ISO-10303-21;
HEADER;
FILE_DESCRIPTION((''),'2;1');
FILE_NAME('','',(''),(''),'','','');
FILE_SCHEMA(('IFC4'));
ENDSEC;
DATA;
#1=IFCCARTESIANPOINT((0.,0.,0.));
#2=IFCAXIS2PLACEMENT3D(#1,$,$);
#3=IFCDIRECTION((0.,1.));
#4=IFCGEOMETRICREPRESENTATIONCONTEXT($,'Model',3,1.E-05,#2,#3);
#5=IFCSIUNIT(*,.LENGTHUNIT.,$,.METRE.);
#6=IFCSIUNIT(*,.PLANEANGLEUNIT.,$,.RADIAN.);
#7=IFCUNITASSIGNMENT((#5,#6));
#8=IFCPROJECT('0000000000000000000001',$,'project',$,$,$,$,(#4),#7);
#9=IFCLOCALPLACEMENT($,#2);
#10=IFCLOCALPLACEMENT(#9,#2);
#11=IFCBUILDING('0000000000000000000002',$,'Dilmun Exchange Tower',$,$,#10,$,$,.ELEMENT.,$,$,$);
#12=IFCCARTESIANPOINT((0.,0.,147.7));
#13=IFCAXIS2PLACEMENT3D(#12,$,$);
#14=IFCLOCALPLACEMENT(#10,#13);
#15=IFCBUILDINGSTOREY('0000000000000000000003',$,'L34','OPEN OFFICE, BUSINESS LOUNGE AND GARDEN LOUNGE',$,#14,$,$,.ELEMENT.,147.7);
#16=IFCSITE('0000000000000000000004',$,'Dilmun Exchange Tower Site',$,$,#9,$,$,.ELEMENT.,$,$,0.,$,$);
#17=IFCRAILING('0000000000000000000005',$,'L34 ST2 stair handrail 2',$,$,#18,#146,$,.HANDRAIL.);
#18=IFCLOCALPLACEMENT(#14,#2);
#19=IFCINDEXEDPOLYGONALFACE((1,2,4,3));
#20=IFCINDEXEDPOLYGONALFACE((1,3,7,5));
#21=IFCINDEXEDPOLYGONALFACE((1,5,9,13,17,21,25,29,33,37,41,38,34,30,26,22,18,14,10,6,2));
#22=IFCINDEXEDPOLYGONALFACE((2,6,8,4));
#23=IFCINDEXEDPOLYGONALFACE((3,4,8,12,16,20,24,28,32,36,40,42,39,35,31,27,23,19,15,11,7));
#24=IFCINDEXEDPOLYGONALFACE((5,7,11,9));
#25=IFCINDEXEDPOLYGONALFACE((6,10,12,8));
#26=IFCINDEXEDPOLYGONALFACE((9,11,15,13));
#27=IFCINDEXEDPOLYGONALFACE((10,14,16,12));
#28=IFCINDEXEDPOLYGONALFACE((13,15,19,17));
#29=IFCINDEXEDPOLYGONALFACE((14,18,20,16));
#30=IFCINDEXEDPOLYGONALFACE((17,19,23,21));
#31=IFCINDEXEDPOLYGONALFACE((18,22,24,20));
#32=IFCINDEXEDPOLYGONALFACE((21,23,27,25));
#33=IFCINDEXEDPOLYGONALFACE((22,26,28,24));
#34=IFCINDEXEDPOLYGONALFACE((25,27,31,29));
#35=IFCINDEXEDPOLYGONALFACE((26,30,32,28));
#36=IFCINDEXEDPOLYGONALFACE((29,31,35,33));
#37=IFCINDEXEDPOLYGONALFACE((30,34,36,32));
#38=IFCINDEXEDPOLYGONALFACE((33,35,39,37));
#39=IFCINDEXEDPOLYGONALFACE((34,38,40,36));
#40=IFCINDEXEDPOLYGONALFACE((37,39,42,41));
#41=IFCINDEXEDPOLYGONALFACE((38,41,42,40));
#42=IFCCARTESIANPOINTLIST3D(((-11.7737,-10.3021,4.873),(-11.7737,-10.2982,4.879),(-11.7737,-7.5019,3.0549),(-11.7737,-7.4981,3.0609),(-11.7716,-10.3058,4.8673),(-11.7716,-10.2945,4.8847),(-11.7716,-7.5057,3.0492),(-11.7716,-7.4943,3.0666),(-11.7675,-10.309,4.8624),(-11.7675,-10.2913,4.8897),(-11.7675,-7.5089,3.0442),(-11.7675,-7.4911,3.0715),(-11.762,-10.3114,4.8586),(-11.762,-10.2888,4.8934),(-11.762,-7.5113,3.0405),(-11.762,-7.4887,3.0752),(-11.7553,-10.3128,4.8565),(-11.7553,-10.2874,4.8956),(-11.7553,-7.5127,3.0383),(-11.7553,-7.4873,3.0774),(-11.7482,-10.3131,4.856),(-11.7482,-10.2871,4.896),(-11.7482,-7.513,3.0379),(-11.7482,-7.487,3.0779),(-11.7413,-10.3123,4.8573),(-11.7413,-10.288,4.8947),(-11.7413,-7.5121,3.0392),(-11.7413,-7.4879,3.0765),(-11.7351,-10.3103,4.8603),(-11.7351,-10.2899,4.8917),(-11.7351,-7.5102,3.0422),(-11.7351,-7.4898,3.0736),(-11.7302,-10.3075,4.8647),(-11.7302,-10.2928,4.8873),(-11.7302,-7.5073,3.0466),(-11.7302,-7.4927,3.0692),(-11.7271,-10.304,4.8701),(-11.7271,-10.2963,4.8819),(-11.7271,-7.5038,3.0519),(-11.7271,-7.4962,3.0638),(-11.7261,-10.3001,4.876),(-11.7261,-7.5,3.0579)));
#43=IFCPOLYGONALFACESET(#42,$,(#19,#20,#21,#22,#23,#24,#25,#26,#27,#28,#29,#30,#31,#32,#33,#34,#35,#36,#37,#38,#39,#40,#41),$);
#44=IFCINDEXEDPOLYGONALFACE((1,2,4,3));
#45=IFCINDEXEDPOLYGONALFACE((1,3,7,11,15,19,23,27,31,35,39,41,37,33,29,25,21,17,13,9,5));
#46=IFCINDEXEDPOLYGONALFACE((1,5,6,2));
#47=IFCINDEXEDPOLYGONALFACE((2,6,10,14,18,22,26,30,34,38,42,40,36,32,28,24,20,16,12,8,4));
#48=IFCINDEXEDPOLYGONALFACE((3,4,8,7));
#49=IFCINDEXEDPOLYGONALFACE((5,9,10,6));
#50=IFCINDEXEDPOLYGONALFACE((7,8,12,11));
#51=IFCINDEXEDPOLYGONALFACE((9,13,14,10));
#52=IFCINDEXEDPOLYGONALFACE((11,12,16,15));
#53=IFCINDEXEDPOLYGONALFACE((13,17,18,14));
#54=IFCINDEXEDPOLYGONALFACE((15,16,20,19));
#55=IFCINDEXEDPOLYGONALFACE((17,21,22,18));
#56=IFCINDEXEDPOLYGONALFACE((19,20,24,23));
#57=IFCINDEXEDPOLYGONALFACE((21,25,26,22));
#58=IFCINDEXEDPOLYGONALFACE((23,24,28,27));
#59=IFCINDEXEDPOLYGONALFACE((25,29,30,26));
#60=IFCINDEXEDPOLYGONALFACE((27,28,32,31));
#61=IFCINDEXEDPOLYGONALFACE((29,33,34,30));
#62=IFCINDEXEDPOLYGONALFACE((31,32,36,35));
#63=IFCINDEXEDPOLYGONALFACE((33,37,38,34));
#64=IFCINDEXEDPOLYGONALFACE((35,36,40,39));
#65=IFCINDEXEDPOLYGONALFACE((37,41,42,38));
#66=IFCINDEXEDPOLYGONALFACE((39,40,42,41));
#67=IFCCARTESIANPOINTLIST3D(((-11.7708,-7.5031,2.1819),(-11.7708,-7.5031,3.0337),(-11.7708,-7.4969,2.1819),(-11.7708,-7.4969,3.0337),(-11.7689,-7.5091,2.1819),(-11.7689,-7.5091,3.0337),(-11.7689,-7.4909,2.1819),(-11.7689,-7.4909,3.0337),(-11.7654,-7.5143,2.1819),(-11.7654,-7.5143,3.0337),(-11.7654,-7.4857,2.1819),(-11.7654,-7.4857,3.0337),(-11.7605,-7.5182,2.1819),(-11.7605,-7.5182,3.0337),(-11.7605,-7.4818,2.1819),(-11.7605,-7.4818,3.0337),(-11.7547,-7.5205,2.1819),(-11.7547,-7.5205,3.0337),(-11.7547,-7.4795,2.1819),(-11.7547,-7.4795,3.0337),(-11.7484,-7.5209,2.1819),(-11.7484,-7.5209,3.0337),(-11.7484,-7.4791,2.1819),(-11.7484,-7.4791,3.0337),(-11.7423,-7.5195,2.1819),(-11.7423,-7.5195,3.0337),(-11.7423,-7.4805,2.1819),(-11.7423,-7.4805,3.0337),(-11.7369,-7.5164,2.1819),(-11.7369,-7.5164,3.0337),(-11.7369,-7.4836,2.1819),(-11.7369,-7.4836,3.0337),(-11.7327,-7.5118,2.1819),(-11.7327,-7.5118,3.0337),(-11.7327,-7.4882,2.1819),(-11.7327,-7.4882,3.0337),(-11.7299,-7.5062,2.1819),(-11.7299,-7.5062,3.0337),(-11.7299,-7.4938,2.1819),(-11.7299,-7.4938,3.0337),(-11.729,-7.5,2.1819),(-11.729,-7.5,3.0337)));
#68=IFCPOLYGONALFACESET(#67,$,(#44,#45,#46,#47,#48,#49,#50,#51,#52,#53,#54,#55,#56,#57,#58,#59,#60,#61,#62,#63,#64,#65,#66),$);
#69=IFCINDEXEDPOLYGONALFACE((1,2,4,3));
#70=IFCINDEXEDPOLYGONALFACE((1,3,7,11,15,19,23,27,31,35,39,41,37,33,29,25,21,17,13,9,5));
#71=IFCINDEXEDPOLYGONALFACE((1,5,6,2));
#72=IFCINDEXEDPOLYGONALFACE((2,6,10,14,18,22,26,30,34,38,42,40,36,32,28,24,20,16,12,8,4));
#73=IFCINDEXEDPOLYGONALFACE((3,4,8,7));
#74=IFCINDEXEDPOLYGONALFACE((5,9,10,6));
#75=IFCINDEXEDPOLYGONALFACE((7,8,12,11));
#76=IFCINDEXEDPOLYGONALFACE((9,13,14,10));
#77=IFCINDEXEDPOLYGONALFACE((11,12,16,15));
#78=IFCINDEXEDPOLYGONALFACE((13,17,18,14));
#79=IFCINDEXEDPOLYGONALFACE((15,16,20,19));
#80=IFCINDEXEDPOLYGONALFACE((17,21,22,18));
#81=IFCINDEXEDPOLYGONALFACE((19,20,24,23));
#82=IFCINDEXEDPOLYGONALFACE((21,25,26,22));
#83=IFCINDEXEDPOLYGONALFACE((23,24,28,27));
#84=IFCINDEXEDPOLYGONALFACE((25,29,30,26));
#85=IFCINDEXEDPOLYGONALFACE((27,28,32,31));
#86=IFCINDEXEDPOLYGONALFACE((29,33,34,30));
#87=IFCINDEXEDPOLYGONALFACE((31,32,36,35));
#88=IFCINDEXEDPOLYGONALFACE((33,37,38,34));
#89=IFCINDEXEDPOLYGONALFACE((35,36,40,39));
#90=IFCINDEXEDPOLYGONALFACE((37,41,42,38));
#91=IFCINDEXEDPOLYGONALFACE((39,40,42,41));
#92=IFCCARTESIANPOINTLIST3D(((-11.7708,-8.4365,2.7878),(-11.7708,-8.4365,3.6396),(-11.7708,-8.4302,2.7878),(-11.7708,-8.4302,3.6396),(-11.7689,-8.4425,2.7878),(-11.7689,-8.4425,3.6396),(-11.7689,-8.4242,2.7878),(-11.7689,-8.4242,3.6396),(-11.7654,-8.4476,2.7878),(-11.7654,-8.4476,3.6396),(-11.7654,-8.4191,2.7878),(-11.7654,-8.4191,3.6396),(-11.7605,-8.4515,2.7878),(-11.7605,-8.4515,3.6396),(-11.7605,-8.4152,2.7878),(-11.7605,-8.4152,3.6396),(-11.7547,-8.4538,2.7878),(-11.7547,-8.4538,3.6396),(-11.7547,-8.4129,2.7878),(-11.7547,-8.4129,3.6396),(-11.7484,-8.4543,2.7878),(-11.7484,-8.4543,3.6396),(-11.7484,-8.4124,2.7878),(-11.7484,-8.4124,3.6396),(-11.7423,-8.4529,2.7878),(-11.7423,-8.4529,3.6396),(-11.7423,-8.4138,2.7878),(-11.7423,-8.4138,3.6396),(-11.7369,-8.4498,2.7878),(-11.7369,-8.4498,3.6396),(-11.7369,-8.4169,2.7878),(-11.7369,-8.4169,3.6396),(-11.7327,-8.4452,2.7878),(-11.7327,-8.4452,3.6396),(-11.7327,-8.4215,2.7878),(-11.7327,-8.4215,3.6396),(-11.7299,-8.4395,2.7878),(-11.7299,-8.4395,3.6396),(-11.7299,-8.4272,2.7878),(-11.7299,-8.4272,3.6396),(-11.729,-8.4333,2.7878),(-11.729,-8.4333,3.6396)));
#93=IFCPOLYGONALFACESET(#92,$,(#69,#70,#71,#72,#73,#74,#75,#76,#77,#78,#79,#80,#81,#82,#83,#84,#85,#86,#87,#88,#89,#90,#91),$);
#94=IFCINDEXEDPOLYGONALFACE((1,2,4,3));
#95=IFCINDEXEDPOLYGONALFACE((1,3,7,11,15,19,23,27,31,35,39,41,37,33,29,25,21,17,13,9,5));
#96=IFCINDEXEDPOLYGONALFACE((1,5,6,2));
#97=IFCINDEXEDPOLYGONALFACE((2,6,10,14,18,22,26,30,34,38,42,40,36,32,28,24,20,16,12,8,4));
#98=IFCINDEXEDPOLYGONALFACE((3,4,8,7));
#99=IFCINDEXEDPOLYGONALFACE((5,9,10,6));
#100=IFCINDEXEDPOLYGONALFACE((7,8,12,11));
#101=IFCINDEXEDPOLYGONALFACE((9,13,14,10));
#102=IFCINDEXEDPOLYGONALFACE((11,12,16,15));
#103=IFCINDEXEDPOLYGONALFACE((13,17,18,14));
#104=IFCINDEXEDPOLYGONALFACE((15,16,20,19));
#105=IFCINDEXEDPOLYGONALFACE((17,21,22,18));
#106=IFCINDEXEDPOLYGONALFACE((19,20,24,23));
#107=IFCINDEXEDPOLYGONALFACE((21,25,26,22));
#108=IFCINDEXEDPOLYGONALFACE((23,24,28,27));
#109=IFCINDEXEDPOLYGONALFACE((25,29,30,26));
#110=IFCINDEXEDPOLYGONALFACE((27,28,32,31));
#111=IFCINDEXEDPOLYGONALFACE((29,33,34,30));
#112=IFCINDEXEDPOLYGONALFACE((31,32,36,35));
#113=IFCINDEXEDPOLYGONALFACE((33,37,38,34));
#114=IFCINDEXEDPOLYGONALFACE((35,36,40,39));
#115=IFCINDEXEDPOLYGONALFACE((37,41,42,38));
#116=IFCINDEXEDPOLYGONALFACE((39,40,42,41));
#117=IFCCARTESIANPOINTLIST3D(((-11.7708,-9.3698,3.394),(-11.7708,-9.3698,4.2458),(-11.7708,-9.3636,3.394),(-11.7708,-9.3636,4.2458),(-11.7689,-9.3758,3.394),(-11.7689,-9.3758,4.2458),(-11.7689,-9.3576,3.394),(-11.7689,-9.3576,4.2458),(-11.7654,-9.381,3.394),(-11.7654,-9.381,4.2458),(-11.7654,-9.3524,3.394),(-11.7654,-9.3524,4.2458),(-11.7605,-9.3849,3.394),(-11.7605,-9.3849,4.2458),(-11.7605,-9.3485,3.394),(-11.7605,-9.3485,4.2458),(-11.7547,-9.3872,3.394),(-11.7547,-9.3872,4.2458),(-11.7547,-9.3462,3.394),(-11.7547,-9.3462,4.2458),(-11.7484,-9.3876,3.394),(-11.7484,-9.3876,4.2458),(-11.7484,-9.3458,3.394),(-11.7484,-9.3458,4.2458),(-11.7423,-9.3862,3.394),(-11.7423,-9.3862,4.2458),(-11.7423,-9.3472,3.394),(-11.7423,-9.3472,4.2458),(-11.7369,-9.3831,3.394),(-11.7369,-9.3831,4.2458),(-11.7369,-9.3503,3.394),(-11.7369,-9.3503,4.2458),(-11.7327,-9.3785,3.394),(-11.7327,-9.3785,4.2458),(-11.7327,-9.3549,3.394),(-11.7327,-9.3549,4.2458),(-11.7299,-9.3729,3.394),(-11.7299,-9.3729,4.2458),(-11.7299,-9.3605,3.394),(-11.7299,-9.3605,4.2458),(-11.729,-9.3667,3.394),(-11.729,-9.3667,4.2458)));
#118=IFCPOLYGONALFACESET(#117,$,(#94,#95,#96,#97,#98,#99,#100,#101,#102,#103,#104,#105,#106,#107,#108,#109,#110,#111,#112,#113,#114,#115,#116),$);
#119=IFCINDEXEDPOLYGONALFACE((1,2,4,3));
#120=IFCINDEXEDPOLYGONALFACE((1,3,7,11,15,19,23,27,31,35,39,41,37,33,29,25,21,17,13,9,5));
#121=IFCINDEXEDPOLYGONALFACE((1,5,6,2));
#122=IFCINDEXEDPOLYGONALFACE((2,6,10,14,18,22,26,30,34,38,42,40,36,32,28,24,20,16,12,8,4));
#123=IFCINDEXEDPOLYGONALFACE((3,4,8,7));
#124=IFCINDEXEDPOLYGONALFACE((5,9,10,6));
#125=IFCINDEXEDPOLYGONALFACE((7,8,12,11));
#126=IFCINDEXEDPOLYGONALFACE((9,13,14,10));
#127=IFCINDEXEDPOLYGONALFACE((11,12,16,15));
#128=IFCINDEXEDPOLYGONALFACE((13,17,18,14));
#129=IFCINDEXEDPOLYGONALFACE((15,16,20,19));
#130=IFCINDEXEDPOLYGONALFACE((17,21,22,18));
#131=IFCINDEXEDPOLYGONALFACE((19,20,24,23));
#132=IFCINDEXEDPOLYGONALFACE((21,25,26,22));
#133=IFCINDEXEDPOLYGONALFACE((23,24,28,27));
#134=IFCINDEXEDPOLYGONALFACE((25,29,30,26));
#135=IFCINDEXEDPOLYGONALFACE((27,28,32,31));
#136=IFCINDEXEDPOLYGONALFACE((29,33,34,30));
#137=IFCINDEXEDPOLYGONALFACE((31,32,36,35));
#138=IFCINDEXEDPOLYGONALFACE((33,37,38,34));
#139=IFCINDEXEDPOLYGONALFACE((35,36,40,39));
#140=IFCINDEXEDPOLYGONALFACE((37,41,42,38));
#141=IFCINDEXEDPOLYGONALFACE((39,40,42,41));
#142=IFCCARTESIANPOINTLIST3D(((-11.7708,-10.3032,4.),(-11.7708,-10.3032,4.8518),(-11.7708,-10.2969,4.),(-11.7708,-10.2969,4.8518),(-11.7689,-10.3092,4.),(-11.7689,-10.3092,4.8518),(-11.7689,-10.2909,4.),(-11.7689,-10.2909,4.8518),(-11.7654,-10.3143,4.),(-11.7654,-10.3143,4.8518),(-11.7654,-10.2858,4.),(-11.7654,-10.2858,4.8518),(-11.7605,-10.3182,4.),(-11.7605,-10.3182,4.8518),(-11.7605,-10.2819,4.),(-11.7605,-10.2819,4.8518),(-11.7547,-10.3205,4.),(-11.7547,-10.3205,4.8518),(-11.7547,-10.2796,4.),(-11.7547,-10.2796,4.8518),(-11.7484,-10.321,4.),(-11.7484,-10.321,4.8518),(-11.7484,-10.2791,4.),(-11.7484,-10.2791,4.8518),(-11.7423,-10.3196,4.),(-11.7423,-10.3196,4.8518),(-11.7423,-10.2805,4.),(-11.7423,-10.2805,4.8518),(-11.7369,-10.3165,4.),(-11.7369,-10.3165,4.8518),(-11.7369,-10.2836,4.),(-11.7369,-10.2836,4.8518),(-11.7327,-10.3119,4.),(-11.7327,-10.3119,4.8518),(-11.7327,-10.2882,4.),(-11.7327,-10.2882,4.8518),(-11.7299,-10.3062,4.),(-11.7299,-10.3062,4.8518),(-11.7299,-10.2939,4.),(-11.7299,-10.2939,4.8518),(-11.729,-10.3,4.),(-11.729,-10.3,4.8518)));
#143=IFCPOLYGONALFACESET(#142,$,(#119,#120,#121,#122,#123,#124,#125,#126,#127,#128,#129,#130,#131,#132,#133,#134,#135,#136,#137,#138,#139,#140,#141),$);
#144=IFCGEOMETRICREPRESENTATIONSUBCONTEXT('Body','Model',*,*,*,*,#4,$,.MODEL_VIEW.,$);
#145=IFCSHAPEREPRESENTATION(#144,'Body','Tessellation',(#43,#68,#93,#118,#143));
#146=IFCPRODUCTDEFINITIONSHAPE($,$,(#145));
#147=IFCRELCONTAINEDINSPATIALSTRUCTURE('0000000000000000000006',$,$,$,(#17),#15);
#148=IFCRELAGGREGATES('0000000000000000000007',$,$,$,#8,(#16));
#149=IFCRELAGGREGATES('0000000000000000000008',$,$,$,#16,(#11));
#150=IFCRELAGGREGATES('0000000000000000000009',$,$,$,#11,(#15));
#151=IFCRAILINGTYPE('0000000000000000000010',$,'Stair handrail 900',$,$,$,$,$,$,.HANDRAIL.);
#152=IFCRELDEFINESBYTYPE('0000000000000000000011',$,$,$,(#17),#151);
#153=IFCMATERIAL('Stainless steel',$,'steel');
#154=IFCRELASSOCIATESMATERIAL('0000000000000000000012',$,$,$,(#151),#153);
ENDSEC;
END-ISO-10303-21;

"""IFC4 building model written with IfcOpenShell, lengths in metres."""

from ifc_helpers import new_model, si_unit, direction, frame, origin, origin_2d, place, context, subcontext, project, spatial, circle, extrude, material, type_object, element, save


model = new_model("IFC4")

# Units and contexts
model_context = context("Model", 3, precision=1e-05, world=origin(), true_north=direction((0.0, 1.0)))
body_context = subcontext(model_context, "Body", "Model", "MODEL_VIEW")
ifc_project = project(units=[si_unit("LENGTHUNIT", "METRE"), si_unit("PLANEANGLEUNIT", "RADIAN")], contexts=[model_context])

# Site, building, storey
site_placement = place(None, origin())
site = spatial("IfcSite", under=ifc_project, at=site_placement, Name="Dilmun Exchange Tower Site", CompositionType="ELEMENT", RefElevation=0.0)
building_placement = place(site_placement, origin())
building = spatial("IfcBuilding", under=site, at=building_placement, Name="Dilmun Exchange Tower", CompositionType="ELEMENT")
storey_placement = place(building_placement, frame((0.0, 0.0, 147.7)))
storey = spatial("IfcBuildingStorey", under=building, at=storey_placement, Name="L34", Description="OPEN OFFICE, BUSINESS LOUNGE AND GARDEN LOUNGE", CompositionType="ELEMENT", Elevation=147.7)

# Railing
ifc_material_1 = material(Name="Stainless steel", Category="steel")
railing_type = type_object("IfcRailingType", Name="Stair handrail 900", PredefinedType="HANDRAIL", material=ifc_material_1)
railing_1_placement = place(storey_placement, frame((-11.75, -7.5, 2.1819)))
element("IfcRailing", 1, at=railing_1_placement, inside=storey, type_object=railing_type, Name="L34 ST2 stair handrail 2", PredefinedType="HANDRAIL", context=body_context, shape_type="SweptSolid", body=[
    extrude(circle(Radius=0.0239, at=origin_2d()), frame((0.0, 0.0, 0.876), z_axis=(0.0, -0.838706, 0.544585), x_axis=(1.0, 0.0, 0.0)), (0.0, 0.0, 1.0), 3.3386),
    extrude(circle(Radius=0.021, at=origin_2d()), origin(), (0.0, 0.0, 1.0), 0.8518),
    extrude(circle(Radius=0.021, at=origin_2d()), frame((0.0, -0.9333, 0.606)), (0.0, 0.0, 1.0), 0.8518),
    extrude(circle(Radius=0.021, at=origin_2d()), frame((0.0, -1.8667, 1.2122)), (0.0, 0.0, 1.0), 0.8518),
    extrude(circle(Radius=0.021, at=origin_2d()), frame((0.0, -2.8, 1.8181)), (0.0, 0.0, 1.0), 0.8518),
])

save(model, "model.ifc")
